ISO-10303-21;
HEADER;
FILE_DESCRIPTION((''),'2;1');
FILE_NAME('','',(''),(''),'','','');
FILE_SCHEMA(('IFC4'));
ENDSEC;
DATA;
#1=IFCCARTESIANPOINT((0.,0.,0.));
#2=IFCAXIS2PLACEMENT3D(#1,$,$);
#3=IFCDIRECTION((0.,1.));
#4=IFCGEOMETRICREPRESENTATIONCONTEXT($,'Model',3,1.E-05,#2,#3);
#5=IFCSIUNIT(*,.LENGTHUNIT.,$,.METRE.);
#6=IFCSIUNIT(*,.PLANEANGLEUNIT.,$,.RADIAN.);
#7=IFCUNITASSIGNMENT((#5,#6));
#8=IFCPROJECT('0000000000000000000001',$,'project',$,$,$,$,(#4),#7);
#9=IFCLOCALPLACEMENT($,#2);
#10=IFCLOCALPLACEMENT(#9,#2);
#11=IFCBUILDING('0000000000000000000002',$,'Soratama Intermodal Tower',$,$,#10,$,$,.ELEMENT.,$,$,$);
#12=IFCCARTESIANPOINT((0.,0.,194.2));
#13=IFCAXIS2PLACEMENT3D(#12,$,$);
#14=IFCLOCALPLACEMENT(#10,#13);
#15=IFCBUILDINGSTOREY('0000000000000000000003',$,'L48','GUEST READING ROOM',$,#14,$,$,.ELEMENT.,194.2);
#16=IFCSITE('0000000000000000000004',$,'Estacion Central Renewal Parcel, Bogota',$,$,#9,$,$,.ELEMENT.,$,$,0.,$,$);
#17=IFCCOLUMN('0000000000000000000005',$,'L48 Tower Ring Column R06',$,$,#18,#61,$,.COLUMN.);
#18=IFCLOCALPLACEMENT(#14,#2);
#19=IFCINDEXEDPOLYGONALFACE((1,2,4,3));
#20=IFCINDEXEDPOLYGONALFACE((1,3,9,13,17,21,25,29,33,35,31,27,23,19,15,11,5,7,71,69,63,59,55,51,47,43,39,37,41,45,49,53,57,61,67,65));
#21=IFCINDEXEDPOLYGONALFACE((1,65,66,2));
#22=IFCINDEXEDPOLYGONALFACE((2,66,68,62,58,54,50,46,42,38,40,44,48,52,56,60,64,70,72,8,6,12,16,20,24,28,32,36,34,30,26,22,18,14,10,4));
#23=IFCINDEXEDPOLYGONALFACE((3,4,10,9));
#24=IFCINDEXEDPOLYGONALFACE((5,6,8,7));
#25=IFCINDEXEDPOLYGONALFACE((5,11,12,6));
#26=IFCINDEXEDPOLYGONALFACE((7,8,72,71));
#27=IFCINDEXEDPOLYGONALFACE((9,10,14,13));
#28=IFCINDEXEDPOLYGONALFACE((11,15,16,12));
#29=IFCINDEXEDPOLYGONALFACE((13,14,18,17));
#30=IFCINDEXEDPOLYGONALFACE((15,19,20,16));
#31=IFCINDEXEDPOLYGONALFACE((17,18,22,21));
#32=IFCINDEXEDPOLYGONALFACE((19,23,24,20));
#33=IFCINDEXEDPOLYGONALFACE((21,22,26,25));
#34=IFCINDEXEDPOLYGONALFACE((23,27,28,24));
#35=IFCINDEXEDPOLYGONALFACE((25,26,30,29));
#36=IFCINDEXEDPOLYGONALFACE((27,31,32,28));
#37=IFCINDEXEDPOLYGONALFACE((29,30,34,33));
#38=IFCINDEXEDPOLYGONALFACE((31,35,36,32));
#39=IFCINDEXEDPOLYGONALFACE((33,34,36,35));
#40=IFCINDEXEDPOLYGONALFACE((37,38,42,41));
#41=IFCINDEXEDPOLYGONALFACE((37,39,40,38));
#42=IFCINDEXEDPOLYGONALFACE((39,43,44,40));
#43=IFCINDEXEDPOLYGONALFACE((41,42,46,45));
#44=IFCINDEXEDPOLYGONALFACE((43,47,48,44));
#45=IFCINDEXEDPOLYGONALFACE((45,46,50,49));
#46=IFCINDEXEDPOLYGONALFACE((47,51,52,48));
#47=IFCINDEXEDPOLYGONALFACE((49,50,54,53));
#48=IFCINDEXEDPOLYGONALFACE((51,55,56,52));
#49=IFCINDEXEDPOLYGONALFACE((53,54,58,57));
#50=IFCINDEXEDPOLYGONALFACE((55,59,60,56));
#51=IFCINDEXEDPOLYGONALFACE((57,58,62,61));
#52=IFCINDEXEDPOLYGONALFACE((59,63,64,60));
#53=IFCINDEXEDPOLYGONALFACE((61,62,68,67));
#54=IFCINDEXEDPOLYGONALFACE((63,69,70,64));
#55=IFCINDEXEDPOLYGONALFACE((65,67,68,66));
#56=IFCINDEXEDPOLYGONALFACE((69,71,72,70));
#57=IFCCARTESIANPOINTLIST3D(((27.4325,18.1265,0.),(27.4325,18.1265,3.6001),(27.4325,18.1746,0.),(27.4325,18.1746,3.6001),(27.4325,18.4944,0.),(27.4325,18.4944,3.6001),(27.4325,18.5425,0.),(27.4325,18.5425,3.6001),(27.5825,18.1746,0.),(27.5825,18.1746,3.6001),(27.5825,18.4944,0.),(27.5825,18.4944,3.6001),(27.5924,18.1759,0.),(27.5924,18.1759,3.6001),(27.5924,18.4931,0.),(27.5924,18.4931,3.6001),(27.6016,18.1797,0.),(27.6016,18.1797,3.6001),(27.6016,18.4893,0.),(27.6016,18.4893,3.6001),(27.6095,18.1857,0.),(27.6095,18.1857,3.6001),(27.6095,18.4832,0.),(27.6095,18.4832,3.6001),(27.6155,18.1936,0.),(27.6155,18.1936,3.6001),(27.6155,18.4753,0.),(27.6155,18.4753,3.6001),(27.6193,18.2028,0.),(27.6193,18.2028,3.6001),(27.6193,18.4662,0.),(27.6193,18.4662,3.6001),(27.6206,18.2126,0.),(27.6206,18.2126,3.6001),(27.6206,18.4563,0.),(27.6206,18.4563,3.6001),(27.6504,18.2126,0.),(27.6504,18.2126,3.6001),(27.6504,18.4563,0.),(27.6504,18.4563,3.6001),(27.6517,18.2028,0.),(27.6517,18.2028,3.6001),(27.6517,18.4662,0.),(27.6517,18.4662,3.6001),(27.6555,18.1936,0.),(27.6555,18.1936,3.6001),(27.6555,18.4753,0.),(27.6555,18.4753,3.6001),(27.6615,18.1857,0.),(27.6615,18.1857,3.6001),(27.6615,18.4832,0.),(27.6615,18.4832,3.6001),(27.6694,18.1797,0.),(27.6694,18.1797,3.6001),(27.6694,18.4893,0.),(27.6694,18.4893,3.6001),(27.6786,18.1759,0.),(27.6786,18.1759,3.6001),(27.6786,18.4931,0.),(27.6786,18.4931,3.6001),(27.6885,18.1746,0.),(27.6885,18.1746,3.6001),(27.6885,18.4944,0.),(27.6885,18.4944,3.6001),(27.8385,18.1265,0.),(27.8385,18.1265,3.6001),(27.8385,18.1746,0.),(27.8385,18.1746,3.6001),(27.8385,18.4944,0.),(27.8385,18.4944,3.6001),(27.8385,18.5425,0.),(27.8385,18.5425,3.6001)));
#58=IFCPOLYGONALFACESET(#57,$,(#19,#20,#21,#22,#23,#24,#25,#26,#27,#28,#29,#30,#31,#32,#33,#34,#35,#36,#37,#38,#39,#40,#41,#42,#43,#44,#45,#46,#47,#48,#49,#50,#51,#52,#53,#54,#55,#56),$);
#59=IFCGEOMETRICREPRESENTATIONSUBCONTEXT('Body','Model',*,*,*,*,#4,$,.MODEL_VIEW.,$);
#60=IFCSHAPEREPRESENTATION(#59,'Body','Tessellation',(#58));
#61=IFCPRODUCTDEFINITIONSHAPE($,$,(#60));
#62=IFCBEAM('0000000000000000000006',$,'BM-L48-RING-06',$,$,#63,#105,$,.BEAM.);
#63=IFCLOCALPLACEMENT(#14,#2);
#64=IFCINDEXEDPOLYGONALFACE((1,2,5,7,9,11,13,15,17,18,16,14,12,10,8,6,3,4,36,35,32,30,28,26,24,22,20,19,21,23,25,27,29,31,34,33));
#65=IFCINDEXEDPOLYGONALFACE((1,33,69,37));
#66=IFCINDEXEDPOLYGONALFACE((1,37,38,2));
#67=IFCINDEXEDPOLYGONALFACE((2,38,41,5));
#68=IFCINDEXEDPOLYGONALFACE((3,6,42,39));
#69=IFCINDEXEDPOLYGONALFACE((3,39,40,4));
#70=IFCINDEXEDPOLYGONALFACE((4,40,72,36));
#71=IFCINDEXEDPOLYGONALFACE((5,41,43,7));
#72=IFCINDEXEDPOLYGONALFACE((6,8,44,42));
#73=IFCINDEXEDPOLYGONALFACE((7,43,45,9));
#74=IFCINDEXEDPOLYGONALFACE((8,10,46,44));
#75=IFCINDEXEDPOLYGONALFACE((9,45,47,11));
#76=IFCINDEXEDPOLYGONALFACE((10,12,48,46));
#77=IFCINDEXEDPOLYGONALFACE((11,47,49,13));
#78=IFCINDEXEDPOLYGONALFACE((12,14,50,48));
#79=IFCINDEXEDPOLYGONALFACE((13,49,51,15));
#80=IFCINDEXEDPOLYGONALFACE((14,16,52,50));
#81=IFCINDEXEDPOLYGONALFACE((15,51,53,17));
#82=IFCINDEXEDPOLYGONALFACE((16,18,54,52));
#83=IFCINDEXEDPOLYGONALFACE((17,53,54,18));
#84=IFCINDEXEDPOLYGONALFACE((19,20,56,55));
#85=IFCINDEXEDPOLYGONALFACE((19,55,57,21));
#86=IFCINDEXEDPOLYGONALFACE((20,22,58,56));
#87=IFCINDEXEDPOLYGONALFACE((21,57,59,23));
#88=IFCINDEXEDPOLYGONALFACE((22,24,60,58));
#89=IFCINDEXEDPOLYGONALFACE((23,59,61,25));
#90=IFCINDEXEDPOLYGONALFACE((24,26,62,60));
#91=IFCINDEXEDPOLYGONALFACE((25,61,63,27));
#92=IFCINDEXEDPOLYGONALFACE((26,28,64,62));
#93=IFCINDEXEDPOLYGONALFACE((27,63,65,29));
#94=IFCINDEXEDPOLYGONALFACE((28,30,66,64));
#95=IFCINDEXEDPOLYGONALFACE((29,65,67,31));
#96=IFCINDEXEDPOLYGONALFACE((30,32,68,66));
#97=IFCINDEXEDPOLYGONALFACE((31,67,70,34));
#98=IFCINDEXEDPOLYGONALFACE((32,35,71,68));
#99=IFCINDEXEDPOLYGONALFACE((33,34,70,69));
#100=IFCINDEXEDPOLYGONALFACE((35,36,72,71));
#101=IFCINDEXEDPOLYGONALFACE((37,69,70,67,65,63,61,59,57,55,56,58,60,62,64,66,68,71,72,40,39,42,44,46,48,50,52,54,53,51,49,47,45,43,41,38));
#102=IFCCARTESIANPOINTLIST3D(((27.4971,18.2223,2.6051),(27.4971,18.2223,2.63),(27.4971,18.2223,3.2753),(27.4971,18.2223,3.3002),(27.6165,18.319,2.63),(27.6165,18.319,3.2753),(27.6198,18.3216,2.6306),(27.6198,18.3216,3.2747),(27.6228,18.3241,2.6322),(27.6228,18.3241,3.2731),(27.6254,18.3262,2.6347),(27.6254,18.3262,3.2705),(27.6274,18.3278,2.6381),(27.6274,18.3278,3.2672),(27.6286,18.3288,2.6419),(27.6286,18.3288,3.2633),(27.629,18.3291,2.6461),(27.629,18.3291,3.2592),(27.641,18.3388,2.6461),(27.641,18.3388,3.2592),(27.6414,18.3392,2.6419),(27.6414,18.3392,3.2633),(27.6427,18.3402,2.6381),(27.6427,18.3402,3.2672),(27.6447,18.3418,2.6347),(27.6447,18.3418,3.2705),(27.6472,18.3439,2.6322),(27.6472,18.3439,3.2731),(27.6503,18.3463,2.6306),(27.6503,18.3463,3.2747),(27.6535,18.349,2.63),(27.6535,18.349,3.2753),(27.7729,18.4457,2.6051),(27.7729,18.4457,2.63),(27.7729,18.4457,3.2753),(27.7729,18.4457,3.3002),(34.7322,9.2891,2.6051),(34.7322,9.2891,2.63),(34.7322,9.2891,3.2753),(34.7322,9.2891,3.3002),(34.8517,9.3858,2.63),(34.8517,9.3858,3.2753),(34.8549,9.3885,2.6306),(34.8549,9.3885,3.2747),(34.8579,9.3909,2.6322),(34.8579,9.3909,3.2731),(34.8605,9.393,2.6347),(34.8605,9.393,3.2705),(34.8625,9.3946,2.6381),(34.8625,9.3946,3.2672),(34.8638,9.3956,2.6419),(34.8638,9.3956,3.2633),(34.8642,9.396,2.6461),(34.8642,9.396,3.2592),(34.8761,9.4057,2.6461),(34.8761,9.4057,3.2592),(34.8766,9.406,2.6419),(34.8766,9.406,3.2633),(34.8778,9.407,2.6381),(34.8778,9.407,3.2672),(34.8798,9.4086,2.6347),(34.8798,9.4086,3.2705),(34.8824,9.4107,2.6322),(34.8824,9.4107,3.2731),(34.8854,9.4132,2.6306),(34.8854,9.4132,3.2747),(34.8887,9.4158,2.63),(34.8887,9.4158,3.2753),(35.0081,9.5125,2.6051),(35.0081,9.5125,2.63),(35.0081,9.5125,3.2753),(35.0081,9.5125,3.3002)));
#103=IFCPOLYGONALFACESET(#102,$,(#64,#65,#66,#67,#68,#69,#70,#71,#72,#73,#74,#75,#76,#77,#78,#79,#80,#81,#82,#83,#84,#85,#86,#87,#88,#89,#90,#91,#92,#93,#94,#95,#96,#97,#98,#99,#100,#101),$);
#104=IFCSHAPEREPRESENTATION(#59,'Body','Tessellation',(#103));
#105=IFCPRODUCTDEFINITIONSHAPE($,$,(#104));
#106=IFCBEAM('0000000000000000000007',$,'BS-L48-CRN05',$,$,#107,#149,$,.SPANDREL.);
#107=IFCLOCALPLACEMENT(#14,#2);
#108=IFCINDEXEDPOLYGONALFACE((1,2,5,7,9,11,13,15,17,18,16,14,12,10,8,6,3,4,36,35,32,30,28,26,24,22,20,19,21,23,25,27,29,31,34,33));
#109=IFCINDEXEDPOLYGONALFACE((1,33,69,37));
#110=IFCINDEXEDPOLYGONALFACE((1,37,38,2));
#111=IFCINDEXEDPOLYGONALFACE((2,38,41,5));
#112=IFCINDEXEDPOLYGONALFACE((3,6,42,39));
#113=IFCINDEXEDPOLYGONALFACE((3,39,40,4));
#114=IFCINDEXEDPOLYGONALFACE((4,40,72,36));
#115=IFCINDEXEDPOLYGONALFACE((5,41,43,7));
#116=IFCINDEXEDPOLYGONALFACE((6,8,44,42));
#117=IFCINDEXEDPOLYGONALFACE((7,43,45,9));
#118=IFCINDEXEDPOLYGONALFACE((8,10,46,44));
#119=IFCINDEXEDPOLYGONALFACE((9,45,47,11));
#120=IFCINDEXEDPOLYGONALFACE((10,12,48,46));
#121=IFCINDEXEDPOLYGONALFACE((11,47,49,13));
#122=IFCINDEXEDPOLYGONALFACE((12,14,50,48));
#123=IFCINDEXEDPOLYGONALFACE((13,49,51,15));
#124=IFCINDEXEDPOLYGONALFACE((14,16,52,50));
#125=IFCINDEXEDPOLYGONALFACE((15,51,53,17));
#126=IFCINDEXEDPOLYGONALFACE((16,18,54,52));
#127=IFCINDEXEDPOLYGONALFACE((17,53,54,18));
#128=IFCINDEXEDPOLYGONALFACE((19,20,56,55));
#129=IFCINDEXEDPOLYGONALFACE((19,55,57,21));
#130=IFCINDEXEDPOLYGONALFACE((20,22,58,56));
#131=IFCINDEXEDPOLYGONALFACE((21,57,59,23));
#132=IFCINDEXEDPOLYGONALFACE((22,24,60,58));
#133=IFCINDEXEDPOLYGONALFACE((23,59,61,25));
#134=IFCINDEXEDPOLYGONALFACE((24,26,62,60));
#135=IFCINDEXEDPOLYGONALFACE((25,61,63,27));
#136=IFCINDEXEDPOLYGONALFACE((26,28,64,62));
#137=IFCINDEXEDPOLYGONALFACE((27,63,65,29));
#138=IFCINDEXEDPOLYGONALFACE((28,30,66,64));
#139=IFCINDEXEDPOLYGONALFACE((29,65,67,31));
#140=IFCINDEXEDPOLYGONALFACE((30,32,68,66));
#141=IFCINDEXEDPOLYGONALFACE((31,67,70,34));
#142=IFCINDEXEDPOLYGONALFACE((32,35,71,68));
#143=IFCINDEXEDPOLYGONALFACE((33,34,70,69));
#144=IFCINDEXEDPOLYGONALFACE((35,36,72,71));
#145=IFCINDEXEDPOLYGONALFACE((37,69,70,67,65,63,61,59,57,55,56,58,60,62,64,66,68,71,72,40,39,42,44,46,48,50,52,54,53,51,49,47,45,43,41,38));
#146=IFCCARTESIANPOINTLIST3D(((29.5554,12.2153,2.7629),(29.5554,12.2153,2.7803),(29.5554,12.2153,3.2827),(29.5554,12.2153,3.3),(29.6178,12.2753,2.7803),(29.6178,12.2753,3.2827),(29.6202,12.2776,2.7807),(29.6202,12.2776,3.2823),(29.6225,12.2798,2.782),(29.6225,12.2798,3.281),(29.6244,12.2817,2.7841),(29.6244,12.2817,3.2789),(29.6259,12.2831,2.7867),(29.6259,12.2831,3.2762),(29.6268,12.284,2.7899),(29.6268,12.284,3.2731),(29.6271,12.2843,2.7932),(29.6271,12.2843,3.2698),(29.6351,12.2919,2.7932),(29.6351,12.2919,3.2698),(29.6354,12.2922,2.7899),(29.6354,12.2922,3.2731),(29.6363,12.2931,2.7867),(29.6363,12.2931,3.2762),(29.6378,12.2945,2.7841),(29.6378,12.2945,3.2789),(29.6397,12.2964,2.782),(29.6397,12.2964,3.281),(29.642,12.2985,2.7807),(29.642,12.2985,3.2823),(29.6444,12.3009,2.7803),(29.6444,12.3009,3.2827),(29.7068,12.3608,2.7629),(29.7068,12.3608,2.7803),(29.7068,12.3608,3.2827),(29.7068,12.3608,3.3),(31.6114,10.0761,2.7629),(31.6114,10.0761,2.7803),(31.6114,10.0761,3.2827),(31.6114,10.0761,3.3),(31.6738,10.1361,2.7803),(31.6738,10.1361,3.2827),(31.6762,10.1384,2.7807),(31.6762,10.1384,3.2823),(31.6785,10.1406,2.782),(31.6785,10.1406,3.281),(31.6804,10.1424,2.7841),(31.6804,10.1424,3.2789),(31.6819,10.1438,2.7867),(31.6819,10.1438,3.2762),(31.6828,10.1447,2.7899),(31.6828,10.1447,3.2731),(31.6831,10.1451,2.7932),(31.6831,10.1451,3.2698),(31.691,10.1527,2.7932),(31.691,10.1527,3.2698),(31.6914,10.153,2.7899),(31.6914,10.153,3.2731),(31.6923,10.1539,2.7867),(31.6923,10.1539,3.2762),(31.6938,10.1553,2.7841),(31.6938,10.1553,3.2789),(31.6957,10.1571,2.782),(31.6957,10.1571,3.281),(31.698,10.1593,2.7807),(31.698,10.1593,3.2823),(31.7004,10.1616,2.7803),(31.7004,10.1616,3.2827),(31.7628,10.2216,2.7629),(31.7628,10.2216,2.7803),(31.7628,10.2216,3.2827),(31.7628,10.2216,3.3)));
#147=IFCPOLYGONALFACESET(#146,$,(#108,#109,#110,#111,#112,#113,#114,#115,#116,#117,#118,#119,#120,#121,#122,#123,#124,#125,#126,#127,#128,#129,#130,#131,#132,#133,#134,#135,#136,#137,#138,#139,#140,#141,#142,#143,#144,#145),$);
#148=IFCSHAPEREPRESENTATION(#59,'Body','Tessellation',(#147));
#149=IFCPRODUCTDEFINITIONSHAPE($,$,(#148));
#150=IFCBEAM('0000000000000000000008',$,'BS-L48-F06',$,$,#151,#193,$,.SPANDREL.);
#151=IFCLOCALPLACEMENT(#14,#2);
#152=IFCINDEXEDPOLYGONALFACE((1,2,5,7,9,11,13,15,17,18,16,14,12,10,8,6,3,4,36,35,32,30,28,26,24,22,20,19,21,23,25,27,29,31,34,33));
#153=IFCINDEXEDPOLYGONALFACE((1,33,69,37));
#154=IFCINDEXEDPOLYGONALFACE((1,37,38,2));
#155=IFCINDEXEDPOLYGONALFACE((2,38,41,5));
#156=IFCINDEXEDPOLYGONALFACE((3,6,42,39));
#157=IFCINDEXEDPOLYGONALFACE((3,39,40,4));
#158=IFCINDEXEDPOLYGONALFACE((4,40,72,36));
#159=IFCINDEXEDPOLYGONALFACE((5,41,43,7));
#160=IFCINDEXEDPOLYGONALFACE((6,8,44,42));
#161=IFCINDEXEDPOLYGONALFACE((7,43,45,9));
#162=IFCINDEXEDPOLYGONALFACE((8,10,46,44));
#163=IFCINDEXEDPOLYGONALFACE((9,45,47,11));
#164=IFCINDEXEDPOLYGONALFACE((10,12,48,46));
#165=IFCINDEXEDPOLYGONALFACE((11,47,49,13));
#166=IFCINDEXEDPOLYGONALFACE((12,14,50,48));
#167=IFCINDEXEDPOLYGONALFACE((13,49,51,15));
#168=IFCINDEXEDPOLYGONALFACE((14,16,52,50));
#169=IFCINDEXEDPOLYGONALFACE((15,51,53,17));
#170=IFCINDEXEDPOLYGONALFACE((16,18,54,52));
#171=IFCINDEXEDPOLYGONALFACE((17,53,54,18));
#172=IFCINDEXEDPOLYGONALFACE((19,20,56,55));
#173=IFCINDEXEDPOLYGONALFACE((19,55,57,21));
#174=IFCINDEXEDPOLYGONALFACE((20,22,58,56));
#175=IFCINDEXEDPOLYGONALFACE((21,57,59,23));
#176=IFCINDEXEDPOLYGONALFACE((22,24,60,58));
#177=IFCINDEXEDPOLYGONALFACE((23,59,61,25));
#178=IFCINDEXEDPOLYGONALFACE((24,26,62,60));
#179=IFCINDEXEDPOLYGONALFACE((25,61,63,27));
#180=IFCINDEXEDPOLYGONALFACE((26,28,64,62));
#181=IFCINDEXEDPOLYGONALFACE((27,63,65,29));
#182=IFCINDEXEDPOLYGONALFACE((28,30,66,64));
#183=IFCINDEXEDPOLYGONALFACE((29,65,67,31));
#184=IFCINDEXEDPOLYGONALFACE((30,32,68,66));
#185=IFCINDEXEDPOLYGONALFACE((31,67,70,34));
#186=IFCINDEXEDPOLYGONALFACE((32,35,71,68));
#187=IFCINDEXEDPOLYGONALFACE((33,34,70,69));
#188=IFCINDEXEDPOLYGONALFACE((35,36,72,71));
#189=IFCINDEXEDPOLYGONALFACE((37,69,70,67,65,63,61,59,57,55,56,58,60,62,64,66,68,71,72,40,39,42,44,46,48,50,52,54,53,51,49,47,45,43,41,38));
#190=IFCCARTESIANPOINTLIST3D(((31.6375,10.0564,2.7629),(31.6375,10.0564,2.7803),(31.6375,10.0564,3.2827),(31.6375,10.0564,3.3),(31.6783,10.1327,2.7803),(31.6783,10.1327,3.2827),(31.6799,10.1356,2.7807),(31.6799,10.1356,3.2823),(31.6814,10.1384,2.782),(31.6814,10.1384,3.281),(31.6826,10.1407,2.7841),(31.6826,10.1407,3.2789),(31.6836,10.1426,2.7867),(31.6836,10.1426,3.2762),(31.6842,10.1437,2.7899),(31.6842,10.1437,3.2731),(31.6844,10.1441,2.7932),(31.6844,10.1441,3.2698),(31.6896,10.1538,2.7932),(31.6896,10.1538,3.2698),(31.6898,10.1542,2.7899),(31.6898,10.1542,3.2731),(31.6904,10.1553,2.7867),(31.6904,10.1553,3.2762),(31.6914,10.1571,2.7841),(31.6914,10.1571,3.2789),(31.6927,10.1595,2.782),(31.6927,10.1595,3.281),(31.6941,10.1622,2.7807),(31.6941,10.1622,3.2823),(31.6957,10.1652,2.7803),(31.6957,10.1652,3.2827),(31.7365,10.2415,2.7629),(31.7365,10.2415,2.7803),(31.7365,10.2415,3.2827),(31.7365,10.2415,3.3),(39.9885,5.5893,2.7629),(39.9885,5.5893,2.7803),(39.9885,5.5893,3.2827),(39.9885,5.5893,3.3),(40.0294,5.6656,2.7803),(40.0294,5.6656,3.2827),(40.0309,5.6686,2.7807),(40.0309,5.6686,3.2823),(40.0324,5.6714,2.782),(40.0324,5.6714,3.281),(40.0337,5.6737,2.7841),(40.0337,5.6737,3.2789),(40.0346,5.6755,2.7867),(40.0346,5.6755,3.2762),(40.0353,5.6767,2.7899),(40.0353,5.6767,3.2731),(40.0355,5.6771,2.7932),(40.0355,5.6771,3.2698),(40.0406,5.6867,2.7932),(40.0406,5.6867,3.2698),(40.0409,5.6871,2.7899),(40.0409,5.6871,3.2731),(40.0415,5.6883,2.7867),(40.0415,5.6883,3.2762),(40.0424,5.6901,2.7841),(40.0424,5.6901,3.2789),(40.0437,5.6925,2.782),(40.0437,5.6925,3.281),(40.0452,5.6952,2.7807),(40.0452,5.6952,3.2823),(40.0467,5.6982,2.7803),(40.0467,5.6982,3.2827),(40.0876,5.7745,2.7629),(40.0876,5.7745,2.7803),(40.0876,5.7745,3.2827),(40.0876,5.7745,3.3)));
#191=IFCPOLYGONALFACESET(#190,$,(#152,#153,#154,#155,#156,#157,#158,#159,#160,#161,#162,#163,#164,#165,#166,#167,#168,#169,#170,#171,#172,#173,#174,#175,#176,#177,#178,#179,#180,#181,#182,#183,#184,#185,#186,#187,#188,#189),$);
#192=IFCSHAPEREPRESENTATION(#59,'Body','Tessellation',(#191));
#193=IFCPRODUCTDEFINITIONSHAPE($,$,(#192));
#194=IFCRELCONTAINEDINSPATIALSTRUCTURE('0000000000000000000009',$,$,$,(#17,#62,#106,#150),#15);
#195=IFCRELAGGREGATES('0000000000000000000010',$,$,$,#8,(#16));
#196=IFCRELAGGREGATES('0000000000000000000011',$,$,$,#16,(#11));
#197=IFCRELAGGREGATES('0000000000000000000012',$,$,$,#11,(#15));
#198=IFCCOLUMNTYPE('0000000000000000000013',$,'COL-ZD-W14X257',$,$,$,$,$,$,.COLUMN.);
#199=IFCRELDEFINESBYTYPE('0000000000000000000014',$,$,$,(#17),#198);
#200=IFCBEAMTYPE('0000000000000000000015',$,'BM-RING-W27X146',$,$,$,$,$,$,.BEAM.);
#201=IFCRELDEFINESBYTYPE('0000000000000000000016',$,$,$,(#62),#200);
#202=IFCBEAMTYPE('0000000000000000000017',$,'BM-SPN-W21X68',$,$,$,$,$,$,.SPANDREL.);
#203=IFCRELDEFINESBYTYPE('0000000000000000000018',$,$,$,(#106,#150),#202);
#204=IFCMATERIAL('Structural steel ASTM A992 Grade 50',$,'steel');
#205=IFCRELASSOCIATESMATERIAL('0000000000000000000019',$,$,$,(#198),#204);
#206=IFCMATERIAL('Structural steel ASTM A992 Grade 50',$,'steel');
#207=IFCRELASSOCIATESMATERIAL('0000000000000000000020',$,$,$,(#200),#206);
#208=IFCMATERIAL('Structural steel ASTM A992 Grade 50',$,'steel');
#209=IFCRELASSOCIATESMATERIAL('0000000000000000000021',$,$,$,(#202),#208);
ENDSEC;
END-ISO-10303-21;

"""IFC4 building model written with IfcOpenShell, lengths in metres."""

from ifc_helpers import new_model, si_unit, direction, frame, origin, origin_2d, place, context, subcontext, project, spatial, i_section, extrude, material, material_profile, profile_set, type_object, element, save


model = new_model("IFC4")

# Units and contexts
model_context = context("Model", 3, precision=1e-05, world=origin(), true_north=direction((0.0, 1.0)))
body_context = subcontext(model_context, "Body", "Model", "MODEL_VIEW")
ifc_project = project(units=[si_unit("LENGTHUNIT", "METRE"), si_unit("PLANEANGLEUNIT", "RADIAN")], contexts=[model_context])

# Site, building, storey
site_placement = place(None, origin())
site = spatial("IfcSite", under=ifc_project, at=site_placement, Name="Estacion Central Renewal Parcel, Bogota", CompositionType="ELEMENT", RefElevation=0.0)
building_placement = place(site_placement, origin())
building = spatial("IfcBuilding", under=site, at=building_placement, Name="Soratama Intermodal Tower", CompositionType="ELEMENT")
storey_placement = place(building_placement, frame((0.0, 0.0, 194.2)))
storey = spatial("IfcBuildingStorey", under=building, at=storey_placement, Name="L48", Description="GUEST READING ROOM", CompositionType="ELEMENT", Elevation=194.2)

# Column
ifc_material_1 = material(Name="Structural steel ASTM A992 Grade 50", Category="steel")
ifc_material_profile_1 = material_profile(ifc_material_1, i_section(OverallWidth=0.406, OverallDepth=0.416, WebThickness=0.0298, FlangeThickness=0.0481, FilletRadius=0.0381, at=origin_2d()), Name="W14X257")
ifc_profile_set_1 = profile_set([ifc_material_profile_1], Name="Structural steel ASTM A992 Grade 50")
column_type = type_object("IfcColumnType", Name="COL-ZD-W14X257", PredefinedType="COLUMN", material=ifc_profile_set_1)
column_placement = place(storey_placement, frame((27.6355, 18.3345, 0.0), z_axis=(0.0, 0.0, 1.0), x_axis=(1.0, 0.0, 0.0)))
element("IfcColumn", 1, at=column_placement, inside=storey, type_object=column_type, Name="L48 Tower Ring Column R06", PredefinedType="COLUMN", context=body_context, shape_type="SweptSolid", body=[
    extrude(i_section(OverallWidth=0.406, OverallDepth=0.416, WebThickness=0.0298, FlangeThickness=0.0481, FilletRadius=0.0381, at=origin_2d()), origin(), (0.0, 0.0, 1.0), 3.6001),
])

# Beams
ifc_material_2 = material(Name="Structural steel ASTM A992 Grade 50", Category="steel")
ifc_material_profile_2 = material_profile(ifc_material_2, i_section(OverallWidth=0.355, OverallDepth=0.6951, WebThickness=0.0154, FlangeThickness=0.0249, FilletRadius=0.0161, at=origin_2d()), Name="W27X146")
ifc_profile_set_2 = profile_set([ifc_material_profile_2], Name="Structural steel ASTM A992 Grade 50")
beam_type_1 = type_object("IfcBeamType", Name="BM-RING-W27X146", PredefinedType="BEAM", material=ifc_profile_set_2)
beam_1_placement = place(storey_placement, frame((27.635, 18.334, 2.9526), z_axis=(0.629385, -0.777094, 0.0), x_axis=(0.777094, 0.629385, 0.0)))
element("IfcBeam", 2, at=beam_1_placement, inside=storey, type_object=beam_type_1, Name="BM-L48-RING-06", PredefinedType="BEAM", context=body_context, shape_type="SweptSolid", body=[
    extrude(i_section(OverallWidth=0.355, OverallDepth=0.6951, WebThickness=0.0154, FlangeThickness=0.0249, FilletRadius=0.0161, at=origin_2d()), origin(), (0.0, 0.0, 1.0), 11.4956),
])
ifc_material_3 = material(Name="Structural steel ASTM A992 Grade 50", Category="steel")
ifc_material_profile_3 = material_profile(ifc_material_3, i_section(OverallWidth=0.21, OverallDepth=0.5371, WebThickness=0.011, FlangeThickness=0.0173, FilletRadius=0.0129, at=origin_2d()), Name="W21X68")
ifc_profile_set_3 = profile_set([ifc_material_profile_3], Name="Structural steel ASTM A992 Grade 50")
beam_type_2 = type_object("IfcBeamType", Name="BM-SPN-W21X68", PredefinedType="SPANDREL", material=ifc_profile_set_3)
beam_2_placement = place(storey_placement, frame((29.6311, 12.2881, 3.0315), z_axis=(0.692938, -0.720997, 0.0), x_axis=(0.720997, 0.692938, 0.0)))
element("IfcBeam", 3, at=beam_2_placement, inside=storey, type_object=beam_type_2, Name="BS-L48-CRN05", PredefinedType="SPANDREL", context=body_context, shape_type="SweptSolid", body=[
    extrude(i_section(OverallWidth=0.21, OverallDepth=0.5371, WebThickness=0.011, FlangeThickness=0.0173, FilletRadius=0.0129, at=origin_2d()), origin(), (0.0, 0.0, 1.0), 2.967),
])
beam_3_placement = place(storey_placement, frame((31.687, 10.1489, 3.0315), z_axis=(0.881776, -0.471668, 0.0), x_axis=(0.471668, 0.881776, 0.0)))
element("IfcBeam", 4, at=beam_3_placement, inside=storey, type_object=beam_type_2, Name="BS-L48-F06", PredefinedType="SPANDREL", context=body_context, shape_type="SweptSolid", body=[
    extrude(i_section(OverallWidth=0.21, OverallDepth=0.5371, WebThickness=0.011, FlangeThickness=0.0173, FilletRadius=0.0129, at=origin_2d()), origin(), (0.0, 0.0, 1.0), 9.4707),
])

save(model, "model.ifc")
